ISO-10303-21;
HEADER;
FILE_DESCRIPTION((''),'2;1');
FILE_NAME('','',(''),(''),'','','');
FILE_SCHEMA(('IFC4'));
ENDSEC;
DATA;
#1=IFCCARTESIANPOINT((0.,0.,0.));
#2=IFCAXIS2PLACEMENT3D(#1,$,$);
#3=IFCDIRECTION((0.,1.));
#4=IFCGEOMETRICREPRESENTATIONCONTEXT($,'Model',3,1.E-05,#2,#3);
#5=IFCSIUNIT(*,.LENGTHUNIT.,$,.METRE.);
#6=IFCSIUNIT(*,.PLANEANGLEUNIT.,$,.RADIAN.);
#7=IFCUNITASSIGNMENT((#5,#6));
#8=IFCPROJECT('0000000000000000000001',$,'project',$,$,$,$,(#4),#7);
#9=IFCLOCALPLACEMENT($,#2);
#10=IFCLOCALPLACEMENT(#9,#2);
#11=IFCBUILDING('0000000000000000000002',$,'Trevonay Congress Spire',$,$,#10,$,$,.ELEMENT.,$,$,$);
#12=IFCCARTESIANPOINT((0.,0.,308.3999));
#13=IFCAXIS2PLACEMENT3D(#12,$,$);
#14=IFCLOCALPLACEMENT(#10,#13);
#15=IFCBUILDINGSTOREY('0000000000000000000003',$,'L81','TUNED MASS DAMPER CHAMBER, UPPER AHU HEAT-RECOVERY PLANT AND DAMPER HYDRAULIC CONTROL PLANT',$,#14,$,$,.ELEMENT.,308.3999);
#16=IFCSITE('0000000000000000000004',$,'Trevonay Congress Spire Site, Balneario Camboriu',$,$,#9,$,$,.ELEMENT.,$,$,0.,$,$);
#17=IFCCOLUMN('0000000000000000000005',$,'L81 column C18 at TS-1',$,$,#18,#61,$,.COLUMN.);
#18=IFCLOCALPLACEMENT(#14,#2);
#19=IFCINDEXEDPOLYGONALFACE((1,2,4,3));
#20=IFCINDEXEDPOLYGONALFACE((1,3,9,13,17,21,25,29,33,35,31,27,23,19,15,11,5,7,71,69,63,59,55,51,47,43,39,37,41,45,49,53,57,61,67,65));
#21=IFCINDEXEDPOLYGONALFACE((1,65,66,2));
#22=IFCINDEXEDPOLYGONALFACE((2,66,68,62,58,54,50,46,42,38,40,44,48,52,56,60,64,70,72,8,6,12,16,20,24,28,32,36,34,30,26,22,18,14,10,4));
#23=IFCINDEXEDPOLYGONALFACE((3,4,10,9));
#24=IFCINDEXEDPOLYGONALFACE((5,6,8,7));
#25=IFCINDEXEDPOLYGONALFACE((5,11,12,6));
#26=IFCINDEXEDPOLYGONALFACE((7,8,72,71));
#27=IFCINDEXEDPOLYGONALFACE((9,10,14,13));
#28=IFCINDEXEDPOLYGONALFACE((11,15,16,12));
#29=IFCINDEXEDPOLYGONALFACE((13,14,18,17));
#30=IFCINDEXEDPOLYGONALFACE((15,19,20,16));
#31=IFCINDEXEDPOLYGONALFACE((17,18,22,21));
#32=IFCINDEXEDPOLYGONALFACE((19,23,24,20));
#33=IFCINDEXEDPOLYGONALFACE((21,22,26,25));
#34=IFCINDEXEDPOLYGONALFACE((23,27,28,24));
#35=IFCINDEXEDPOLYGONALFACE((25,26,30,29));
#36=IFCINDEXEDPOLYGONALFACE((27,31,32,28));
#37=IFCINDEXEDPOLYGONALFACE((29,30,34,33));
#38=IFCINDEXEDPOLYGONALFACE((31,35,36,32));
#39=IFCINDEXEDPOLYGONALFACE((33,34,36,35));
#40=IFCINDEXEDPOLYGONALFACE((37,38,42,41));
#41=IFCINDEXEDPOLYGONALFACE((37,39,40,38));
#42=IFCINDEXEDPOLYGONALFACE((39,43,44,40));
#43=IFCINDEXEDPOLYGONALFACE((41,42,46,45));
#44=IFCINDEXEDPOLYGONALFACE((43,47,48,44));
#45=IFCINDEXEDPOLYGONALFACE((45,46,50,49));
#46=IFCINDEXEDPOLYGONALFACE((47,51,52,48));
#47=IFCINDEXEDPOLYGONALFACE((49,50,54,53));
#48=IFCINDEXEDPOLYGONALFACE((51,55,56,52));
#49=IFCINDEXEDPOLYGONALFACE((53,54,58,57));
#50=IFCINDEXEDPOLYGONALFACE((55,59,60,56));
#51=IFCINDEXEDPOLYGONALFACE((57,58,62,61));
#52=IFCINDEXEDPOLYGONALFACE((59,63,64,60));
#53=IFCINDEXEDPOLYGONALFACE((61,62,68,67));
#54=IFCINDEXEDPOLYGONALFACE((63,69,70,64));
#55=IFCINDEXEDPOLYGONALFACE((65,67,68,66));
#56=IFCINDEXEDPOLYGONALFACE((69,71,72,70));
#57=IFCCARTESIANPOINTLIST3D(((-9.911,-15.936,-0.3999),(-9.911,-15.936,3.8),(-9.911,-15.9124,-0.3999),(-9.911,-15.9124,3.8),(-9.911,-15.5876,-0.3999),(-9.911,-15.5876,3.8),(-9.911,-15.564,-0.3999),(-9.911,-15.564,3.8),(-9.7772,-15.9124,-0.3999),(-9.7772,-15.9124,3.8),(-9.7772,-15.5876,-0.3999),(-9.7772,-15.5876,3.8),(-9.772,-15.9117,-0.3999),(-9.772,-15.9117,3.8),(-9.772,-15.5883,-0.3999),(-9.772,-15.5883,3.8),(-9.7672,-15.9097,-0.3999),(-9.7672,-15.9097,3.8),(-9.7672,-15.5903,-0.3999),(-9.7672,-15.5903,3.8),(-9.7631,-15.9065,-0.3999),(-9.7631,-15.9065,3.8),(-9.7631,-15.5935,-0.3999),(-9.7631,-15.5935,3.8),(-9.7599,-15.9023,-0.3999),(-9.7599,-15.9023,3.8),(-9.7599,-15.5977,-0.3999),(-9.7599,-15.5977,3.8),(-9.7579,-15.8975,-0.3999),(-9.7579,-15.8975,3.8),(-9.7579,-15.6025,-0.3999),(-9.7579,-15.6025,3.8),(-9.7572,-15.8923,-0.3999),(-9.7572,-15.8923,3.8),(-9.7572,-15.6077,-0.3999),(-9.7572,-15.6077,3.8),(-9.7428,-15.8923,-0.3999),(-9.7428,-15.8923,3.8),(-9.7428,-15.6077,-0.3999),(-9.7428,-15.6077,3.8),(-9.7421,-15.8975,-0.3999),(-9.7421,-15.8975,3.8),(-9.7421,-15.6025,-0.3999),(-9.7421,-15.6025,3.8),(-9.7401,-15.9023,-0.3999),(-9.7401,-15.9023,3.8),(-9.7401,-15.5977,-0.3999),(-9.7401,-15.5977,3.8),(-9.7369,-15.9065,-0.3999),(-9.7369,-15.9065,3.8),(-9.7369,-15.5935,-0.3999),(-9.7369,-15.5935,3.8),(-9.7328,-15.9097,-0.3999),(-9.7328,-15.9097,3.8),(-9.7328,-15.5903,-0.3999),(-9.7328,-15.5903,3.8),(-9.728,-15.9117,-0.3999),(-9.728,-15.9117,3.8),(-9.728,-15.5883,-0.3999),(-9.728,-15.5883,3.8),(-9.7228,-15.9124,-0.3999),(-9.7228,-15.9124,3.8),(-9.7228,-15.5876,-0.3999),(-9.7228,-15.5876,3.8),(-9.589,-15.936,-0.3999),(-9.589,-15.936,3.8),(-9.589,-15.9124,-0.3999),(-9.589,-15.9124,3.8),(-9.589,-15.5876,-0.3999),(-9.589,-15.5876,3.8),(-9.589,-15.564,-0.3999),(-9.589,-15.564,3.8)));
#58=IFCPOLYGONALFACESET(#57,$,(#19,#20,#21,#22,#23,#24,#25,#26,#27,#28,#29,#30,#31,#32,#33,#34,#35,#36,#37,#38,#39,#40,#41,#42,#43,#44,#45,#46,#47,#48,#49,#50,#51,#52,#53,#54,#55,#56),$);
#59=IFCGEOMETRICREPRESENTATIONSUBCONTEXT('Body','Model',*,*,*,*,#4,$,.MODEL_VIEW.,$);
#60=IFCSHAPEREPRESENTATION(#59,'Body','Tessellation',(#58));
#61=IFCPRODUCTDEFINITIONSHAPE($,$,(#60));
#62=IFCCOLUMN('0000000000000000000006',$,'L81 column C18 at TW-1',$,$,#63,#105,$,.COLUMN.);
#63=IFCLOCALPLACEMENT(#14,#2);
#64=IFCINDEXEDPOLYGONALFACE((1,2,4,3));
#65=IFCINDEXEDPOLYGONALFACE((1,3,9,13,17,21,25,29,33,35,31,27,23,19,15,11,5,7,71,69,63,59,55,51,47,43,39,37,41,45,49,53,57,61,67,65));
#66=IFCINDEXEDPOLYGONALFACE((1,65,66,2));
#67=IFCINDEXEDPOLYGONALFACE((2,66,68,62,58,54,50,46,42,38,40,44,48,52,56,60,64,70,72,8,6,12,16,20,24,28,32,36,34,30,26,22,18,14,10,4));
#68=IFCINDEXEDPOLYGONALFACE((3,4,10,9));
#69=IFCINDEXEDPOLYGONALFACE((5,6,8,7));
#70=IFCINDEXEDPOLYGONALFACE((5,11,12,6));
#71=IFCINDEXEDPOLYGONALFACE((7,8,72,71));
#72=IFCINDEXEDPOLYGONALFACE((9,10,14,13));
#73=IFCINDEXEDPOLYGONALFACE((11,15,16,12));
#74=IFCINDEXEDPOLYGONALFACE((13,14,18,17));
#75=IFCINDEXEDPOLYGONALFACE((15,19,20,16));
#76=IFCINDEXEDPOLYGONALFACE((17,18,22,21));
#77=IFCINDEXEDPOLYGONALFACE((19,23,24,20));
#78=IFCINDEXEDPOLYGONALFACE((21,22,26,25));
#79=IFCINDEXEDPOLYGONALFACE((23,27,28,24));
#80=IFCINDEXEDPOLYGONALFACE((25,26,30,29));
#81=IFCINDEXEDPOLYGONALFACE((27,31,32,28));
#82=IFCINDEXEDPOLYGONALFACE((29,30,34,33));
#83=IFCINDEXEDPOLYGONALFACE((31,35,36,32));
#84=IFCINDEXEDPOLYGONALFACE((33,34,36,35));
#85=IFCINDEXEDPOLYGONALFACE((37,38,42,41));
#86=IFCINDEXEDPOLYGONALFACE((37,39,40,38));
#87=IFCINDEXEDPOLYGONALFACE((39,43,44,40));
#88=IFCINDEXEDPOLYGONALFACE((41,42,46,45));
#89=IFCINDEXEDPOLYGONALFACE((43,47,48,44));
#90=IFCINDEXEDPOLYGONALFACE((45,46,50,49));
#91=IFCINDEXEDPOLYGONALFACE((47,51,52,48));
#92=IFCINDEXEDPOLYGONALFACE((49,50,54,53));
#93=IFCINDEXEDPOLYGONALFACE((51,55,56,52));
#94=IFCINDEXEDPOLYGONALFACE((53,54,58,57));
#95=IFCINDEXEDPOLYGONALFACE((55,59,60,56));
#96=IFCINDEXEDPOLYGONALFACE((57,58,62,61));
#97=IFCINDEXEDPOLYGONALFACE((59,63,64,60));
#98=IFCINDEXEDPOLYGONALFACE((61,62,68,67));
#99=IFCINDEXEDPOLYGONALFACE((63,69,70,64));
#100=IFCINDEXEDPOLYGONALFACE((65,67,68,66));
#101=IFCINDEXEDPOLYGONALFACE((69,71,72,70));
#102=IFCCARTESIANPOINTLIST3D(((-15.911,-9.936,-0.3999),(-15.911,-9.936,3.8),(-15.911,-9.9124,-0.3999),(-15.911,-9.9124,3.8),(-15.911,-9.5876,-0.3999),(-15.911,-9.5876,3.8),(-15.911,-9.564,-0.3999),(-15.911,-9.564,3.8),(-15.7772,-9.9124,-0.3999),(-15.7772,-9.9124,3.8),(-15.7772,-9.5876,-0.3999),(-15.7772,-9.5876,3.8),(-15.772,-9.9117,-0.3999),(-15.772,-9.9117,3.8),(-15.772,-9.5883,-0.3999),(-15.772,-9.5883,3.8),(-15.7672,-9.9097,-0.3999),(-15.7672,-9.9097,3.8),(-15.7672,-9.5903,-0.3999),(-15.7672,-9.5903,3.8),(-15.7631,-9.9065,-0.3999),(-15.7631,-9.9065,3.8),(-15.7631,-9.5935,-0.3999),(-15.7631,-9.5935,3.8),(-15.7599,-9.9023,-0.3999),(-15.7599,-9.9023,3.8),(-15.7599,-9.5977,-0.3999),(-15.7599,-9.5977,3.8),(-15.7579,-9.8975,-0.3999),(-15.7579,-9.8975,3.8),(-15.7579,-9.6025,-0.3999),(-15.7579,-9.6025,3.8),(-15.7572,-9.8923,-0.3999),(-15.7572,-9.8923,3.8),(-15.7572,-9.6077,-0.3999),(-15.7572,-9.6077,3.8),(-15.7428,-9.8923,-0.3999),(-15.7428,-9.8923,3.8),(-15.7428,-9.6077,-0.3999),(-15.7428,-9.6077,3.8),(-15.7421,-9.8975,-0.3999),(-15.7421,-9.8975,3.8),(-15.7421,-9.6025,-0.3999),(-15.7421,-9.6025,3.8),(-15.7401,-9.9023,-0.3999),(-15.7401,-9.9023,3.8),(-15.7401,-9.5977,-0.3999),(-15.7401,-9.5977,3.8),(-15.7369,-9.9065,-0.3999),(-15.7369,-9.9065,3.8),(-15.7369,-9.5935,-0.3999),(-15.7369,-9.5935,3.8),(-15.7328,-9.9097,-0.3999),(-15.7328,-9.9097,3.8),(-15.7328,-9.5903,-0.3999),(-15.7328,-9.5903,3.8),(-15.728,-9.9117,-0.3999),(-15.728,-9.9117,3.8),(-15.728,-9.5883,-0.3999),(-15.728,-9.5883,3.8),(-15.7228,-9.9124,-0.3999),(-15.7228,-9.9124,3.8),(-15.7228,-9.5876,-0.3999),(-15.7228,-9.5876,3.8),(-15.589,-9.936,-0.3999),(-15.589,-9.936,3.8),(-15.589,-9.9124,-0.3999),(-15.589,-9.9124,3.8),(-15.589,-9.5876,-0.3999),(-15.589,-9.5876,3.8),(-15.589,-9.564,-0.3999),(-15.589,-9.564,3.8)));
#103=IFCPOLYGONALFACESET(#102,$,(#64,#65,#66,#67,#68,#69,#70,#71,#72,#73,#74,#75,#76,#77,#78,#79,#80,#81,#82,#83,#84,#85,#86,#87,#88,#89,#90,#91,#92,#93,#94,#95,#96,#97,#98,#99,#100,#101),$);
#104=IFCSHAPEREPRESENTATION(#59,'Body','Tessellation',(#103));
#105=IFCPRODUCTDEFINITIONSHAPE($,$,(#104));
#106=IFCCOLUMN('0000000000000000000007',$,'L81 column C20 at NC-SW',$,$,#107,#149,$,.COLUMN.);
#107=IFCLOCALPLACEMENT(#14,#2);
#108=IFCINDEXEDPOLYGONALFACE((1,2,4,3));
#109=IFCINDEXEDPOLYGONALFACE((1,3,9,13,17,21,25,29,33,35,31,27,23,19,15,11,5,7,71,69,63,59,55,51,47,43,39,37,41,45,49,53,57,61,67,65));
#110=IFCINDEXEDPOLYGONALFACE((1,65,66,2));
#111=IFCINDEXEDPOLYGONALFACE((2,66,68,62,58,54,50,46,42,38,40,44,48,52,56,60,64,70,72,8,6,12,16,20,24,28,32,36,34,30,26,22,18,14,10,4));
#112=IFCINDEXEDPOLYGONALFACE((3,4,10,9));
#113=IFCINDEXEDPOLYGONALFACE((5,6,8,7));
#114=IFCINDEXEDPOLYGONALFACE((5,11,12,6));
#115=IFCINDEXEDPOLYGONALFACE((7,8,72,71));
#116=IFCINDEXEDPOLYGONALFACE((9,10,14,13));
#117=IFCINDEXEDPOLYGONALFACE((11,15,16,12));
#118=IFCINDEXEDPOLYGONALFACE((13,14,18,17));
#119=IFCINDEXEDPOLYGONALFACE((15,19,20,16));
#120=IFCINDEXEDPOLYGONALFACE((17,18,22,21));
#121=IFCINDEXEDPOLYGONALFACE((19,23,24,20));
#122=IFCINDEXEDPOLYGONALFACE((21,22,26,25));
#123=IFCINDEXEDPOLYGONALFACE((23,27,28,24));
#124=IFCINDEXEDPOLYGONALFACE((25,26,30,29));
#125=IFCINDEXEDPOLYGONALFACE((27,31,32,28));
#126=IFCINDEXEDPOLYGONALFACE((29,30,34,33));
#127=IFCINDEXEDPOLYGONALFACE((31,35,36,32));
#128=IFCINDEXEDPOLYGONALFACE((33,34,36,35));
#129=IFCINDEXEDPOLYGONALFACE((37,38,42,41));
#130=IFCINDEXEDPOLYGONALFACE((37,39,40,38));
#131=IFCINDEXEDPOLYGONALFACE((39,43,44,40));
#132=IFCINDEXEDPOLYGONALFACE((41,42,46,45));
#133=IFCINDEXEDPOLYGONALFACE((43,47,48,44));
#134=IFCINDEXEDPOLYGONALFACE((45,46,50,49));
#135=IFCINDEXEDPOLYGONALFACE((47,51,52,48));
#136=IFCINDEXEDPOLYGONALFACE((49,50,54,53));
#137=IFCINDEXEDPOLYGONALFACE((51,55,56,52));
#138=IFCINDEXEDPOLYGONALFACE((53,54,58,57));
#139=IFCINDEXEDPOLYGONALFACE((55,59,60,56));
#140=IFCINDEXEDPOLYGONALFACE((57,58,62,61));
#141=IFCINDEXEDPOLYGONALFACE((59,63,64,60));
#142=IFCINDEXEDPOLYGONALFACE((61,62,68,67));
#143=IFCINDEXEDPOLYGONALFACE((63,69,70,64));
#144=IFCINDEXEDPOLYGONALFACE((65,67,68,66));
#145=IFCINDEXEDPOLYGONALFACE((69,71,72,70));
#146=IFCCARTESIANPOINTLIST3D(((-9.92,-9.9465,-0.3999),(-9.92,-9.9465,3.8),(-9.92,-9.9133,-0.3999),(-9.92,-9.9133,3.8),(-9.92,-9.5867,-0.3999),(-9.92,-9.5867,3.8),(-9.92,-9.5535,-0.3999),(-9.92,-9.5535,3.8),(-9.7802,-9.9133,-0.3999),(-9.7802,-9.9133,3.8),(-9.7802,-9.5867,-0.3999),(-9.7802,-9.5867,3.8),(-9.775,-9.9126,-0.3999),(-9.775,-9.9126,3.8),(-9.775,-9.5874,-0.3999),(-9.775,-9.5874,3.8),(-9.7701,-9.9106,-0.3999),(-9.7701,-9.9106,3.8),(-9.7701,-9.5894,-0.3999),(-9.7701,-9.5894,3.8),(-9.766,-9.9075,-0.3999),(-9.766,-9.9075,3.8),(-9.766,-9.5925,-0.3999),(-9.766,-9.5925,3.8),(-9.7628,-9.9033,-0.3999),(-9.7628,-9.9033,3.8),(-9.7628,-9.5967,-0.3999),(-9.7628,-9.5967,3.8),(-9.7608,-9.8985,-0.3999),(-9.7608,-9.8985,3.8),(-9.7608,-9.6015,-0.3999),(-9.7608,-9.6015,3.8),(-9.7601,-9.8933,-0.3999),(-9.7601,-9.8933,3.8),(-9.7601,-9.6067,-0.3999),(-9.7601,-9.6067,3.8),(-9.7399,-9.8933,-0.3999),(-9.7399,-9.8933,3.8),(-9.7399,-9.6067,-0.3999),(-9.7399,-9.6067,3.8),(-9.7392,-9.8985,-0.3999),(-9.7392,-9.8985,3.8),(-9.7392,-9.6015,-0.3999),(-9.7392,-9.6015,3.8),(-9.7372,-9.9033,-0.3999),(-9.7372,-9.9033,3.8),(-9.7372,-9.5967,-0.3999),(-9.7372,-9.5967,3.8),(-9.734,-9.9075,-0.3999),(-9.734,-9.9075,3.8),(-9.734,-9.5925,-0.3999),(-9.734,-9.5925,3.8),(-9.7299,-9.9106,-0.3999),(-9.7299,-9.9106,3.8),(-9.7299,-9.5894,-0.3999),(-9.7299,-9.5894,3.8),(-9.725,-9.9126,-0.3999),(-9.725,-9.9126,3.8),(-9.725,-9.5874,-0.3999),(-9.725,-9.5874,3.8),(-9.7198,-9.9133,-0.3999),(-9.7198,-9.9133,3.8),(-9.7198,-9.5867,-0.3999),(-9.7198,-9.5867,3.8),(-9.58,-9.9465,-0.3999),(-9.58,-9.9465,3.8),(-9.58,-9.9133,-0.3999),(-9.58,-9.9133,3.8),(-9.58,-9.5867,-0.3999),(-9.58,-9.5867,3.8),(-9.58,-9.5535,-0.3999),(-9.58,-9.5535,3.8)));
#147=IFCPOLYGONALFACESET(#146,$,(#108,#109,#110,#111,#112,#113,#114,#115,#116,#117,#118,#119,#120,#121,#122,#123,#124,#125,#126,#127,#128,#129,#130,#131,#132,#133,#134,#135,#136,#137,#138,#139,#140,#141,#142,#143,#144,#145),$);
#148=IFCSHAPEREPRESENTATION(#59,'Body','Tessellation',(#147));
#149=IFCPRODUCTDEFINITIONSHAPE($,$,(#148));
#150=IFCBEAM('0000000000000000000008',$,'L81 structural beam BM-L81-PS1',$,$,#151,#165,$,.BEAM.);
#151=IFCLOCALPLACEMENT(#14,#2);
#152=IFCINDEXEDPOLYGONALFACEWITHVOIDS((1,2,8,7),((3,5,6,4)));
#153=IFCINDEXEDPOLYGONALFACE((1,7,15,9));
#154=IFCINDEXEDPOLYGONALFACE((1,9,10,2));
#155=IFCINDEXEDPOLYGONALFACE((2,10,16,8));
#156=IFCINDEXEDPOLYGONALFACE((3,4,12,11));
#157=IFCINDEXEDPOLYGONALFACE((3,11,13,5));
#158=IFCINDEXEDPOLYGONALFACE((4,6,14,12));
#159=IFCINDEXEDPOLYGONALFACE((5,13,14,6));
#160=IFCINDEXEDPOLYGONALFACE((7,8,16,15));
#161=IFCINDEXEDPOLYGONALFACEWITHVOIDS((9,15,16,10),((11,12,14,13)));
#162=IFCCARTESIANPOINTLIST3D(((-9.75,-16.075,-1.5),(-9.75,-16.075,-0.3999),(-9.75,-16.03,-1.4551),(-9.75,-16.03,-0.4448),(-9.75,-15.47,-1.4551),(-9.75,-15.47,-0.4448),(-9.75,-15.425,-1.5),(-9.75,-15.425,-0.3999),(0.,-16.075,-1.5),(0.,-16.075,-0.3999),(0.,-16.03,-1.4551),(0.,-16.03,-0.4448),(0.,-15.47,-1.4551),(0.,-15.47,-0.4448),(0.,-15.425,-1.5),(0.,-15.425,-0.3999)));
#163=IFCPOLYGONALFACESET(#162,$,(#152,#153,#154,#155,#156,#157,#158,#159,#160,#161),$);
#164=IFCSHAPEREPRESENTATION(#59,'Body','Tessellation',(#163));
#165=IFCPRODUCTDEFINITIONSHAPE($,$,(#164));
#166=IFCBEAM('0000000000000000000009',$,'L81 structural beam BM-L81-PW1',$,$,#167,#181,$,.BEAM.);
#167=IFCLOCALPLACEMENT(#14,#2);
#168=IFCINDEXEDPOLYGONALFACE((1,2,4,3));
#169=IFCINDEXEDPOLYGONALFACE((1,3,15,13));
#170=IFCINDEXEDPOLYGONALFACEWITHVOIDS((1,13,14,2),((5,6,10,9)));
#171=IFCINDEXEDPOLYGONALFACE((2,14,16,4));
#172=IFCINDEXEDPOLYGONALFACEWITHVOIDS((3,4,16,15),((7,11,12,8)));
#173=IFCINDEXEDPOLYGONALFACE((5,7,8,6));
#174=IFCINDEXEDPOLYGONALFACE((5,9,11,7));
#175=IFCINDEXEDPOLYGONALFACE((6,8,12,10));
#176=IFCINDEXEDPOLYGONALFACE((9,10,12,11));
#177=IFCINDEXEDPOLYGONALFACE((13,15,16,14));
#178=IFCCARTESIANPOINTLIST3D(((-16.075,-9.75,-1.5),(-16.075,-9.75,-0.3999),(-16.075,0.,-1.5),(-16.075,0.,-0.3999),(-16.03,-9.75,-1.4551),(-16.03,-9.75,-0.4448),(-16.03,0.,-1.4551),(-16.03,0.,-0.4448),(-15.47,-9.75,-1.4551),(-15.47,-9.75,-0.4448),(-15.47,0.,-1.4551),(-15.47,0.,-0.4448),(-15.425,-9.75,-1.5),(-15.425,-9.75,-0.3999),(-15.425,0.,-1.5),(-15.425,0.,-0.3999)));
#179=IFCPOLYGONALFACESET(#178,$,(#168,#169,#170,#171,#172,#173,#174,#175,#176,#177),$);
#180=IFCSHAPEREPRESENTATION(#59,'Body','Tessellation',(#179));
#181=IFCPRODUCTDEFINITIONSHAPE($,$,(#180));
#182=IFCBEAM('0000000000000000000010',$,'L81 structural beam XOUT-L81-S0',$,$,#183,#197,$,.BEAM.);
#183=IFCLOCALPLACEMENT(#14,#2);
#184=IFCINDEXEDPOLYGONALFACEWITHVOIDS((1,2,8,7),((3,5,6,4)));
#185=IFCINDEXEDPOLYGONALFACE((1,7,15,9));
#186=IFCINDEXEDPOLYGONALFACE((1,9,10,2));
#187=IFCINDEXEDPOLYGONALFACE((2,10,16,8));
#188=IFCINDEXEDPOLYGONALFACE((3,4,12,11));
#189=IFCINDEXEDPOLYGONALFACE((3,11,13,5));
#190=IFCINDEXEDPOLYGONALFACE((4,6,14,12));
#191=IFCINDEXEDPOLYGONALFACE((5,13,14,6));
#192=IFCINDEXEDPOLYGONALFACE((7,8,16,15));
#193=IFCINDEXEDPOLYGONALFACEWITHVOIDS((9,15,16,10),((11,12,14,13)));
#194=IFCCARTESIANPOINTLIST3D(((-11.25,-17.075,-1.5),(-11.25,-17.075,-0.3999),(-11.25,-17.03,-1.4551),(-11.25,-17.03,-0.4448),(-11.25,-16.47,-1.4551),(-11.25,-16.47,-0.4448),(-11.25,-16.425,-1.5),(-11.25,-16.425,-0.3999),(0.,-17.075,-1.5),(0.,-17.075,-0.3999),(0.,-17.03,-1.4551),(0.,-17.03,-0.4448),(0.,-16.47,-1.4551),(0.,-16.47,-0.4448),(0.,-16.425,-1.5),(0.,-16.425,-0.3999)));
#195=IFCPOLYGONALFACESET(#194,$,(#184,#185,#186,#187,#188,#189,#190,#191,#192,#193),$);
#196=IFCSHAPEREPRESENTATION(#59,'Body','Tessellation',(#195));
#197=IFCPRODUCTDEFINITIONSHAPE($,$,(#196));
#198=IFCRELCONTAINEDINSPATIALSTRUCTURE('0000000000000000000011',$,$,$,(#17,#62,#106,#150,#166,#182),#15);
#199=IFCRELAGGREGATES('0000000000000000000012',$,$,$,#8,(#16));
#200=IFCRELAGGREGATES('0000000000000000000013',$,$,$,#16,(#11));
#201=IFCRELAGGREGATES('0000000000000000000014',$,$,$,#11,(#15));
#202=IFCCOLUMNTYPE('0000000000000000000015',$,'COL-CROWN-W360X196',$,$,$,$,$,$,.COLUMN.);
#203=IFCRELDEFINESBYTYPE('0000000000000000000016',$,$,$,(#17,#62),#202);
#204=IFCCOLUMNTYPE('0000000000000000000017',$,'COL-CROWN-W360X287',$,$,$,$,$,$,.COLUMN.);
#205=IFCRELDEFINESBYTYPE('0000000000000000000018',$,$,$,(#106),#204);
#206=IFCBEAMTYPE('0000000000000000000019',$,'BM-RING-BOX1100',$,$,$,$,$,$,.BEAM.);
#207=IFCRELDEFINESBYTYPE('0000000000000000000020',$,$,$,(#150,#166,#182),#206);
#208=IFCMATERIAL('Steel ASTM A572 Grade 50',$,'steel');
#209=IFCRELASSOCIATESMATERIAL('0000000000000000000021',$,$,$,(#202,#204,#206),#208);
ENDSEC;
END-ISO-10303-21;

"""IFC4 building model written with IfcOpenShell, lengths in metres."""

from ifc_helpers import new_model, si_unit, direction, frame, origin, origin_2d, place, context, subcontext, project, spatial, hollow_rectangle, i_section, extrude, material, material_profile, profile_set, type_object, element, save


model = new_model("IFC4")

# Units and contexts
model_context = context("Model", 3, precision=1e-05, world=origin(), true_north=direction((0.0, 1.0)))
body_context = subcontext(model_context, "Body", "Model", "MODEL_VIEW")
ifc_project = project(units=[si_unit("LENGTHUNIT", "METRE"), si_unit("PLANEANGLEUNIT", "RADIAN")], contexts=[model_context])

# Site, building, storey
site_placement = place(None, origin())
site = spatial("IfcSite", under=ifc_project, at=site_placement, Name="Trevonay Congress Spire Site, Balneario Camboriu", CompositionType="ELEMENT", RefElevation=0.0)
building_placement = place(site_placement, origin())
building = spatial("IfcBuilding", under=site, at=building_placement, Name="Trevonay Congress Spire", CompositionType="ELEMENT")
storey_placement = place(building_placement, frame((0.0, 0.0, 308.3999)))
storey = spatial("IfcBuildingStorey", under=building, at=storey_placement, Name="L81", Description="TUNED MASS DAMPER CHAMBER, UPPER AHU HEAT-RECOVERY PLANT AND DAMPER HYDRAULIC CONTROL PLANT", CompositionType="ELEMENT", Elevation=308.3999)

# Columns
ifc_material_1 = material(Name="Steel ASTM A572 Grade 50", Category="steel")
ifc_material_profile_1 = material_profile(ifc_material_1, i_section(OverallWidth=0.322, OverallDepth=0.3721, WebThickness=0.0144, FlangeThickness=0.0237, FilletRadius=0.02, at=origin_2d()), Name="W360x196")
ifc_profile_set_1 = profile_set([ifc_material_profile_1], Name="Steel ASTM A572 Grade 50")
column_type_1 = type_object("IfcColumnType", Name="COL-CROWN-W360X196", PredefinedType="COLUMN", material=ifc_profile_set_1)
for number, where, z_axis, x_axis, name in (
    (1, (-9.75, -15.75, -0.3999), (0.0, 0.0, 1.0), (1.0, 0.0, 0.0), "L81 column C18 at TS-1"),
    (2, (-15.75, -9.75, -0.3999), (0.0, 0.0, 1.0), (1.0, 0.0, 0.0), "L81 column C18 at TW-1"),
):
    element("IfcColumn", number, at=place(storey_placement, frame(where, z_axis=z_axis, x_axis=x_axis)), inside=storey, type_object=column_type_1, Name=name, PredefinedType="COLUMN", context=body_context, shape_type="SweptSolid", body=[
        extrude(i_section(OverallWidth=0.322, OverallDepth=0.3721, WebThickness=0.0144, FlangeThickness=0.0237, FilletRadius=0.02, at=origin_2d()), origin(), (0.0, 0.0, 1.0), 4.2),
    ])
ifc_material_profile_2 = material_profile(ifc_material_1, i_section(OverallWidth=0.3401, OverallDepth=0.3931, WebThickness=0.0203, FlangeThickness=0.0332, FilletRadius=0.02, at=origin_2d()), Name="W360x287")
ifc_profile_set_2 = profile_set([ifc_material_profile_2], Name="Steel ASTM A572 Grade 50")
column_type_2 = type_object("IfcColumnType", Name="COL-CROWN-W360X287", PredefinedType="COLUMN", material=ifc_profile_set_2)
column_placement = place(storey_placement, frame((-9.75, -9.75, -0.3999), z_axis=(0.0, 0.0, 1.0), x_axis=(1.0, 0.0, 0.0)))
element("IfcColumn", 3, at=column_placement, inside=storey, type_object=column_type_2, Name="L81 column C20 at NC-SW", PredefinedType="COLUMN", context=body_context, shape_type="SweptSolid", body=[
    extrude(i_section(OverallWidth=0.3401, OverallDepth=0.3931, WebThickness=0.0203, FlangeThickness=0.0332, FilletRadius=0.02, at=origin_2d()), origin(), (0.0, 0.0, 1.0), 4.2),
])

# Beams
ifc_material_profile_3 = material_profile(ifc_material_1, hollow_rectangle(XDim=0.6499, YDim=1.1001, WallThickness=0.0449, at=origin_2d()), Name="BOX 1100x650x45")
ifc_profile_set_3 = profile_set([ifc_material_profile_3], Name="Steel ASTM A572 Grade 50")
beam_type_1 = type_object("IfcBeamType", Name="BM-RING-BOX1100", PredefinedType="BEAM", material=ifc_profile_set_3)
for number, where, z_axis, x_axis, name in (
    (4, (-9.75, -15.75, -0.95), (1.0, 0.0, 0.0), (0.0, 1.0, 0.0), "L81 structural beam BM-L81-PS1"),
    (5, (-15.75, -9.75, -0.95), (0.0, 1.0, 0.0), (-1.0, 0.0, 0.0), "L81 structural beam BM-L81-PW1"),
):
    element("IfcBeam", number, at=place(storey_placement, frame(where, z_axis=z_axis, x_axis=x_axis)), inside=storey, type_object=beam_type_1, Name=name, PredefinedType="BEAM", context=body_context, shape_type="SweptSolid", body=[
        extrude(hollow_rectangle(XDim=0.6499, YDim=1.1001, WallThickness=0.0449, at=origin_2d()), origin(), (0.0, 0.0, 1.0), 9.75),
    ])
for number, where, z_axis, x_axis, name in (
    (6, (-11.25, -16.75, -0.95), (1.0, 0.0, 0.0), (0.0, 1.0, 0.0), "L81 structural beam XOUT-L81-S0"),
):
    element("IfcBeam", number, at=place(storey_placement, frame(where, z_axis=z_axis, x_axis=x_axis)), inside=storey, type_object=beam_type_1, Name=name, PredefinedType="BEAM", context=body_context, shape_type="SweptSolid", body=[
        extrude(hollow_rectangle(XDim=0.6499, YDim=1.1001, WallThickness=0.0449, at=origin_2d()), origin(), (0.0, 0.0, 1.0), 11.25),
    ])

save(model, "model.ifc")
